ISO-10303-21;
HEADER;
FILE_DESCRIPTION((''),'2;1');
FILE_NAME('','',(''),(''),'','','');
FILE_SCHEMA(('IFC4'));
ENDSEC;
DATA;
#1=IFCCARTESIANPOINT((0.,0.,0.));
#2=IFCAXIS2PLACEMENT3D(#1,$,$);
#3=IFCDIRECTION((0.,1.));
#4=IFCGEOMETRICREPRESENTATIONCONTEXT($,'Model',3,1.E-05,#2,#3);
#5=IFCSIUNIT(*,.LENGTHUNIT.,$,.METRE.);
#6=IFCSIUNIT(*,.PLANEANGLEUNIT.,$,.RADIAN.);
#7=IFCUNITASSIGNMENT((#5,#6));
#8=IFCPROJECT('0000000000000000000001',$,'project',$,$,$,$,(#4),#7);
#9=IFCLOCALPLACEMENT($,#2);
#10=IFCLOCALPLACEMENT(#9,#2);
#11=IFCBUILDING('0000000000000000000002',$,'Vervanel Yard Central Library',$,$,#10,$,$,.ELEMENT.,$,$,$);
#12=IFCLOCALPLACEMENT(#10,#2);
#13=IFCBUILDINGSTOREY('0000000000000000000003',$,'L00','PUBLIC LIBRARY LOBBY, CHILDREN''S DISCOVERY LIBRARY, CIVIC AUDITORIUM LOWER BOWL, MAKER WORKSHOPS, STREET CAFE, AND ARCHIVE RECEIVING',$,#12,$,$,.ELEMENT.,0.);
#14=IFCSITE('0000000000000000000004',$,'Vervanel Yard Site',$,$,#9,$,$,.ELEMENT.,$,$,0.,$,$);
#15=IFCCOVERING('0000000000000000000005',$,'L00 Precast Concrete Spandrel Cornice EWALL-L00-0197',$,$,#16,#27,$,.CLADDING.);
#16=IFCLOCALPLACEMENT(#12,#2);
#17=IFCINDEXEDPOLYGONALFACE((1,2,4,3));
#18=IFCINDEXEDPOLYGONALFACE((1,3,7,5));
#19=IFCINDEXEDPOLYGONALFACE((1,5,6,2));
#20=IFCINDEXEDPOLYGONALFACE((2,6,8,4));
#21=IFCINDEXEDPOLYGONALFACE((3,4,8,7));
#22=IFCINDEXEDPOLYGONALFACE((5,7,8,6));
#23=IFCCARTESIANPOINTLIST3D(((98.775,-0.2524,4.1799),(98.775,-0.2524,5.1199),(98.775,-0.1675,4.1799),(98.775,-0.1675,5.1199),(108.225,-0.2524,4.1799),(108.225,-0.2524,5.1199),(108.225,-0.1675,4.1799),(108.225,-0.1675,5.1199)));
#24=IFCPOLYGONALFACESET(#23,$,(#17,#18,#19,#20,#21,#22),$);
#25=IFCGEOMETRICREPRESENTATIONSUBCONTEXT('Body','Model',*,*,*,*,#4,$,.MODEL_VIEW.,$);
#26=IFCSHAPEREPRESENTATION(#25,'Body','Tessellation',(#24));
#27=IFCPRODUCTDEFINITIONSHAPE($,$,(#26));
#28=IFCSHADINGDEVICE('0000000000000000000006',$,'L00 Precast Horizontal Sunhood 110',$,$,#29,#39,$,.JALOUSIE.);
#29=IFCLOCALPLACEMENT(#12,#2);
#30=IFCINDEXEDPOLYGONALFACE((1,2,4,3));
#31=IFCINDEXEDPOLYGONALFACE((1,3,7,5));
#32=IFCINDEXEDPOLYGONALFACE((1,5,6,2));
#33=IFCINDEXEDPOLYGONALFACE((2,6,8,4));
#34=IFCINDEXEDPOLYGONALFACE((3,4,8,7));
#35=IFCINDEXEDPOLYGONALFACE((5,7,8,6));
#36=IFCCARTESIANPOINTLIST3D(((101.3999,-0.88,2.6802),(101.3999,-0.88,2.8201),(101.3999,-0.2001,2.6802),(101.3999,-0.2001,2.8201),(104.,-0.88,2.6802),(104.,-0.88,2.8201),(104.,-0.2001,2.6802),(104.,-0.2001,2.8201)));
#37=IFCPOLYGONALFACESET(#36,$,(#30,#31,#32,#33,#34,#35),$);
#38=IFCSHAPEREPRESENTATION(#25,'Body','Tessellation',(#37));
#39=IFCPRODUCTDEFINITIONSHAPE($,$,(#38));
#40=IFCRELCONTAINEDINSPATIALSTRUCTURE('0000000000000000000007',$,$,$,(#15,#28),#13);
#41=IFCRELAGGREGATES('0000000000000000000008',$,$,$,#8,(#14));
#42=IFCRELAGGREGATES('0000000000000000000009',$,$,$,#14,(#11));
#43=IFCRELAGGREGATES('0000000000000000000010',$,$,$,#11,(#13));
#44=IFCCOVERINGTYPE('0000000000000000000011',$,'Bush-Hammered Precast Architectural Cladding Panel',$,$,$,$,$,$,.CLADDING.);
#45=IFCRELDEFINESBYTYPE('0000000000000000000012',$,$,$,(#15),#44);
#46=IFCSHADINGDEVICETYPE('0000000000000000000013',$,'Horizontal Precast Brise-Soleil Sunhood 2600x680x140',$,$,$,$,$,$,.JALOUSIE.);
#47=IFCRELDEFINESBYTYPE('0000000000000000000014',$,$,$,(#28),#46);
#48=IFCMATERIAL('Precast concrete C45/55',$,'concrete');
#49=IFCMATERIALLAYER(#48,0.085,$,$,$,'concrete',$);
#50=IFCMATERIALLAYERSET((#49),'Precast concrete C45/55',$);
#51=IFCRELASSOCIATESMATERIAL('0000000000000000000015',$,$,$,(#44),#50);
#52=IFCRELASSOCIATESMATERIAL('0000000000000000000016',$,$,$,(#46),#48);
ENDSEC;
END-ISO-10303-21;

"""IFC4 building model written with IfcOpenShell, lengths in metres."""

from ifc_helpers import new_model, si_unit, direction, frame, origin, origin_2d, place, context, subcontext, project, spatial, rectangle, extrude, material, layer, layer_set, type_object, element, save


model = new_model("IFC4")

# Units and contexts
model_context = context("Model", 3, precision=1e-05, world=origin(), true_north=direction((0.0, 1.0)))
body_context = subcontext(model_context, "Body", "Model", "MODEL_VIEW")
ifc_project = project(units=[si_unit("LENGTHUNIT", "METRE"), si_unit("PLANEANGLEUNIT", "RADIAN")], contexts=[model_context])

# Site, building, storey
site_placement = place(None, origin())
site = spatial("IfcSite", under=ifc_project, at=site_placement, Name="Vervanel Yard Site", CompositionType="ELEMENT", RefElevation=0.0)
building_placement = place(site_placement, origin())
building = spatial("IfcBuilding", under=site, at=building_placement, Name="Vervanel Yard Central Library", CompositionType="ELEMENT")
storey_placement = place(building_placement, origin())
storey = spatial("IfcBuildingStorey", under=building, at=storey_placement, Name="L00", Description="PUBLIC LIBRARY LOBBY, CHILDREN'S DISCOVERY LIBRARY, CIVIC AUDITORIUM LOWER BOWL, MAKER WORKSHOPS, STREET CAFE, AND ARCHIVE RECEIVING", CompositionType="ELEMENT", Elevation=0.0)

# Covering
ifc_material_1 = material(Name="Precast concrete C45/55", Category="concrete")
ifc_layer_1 = layer(ifc_material_1, 0.085, Category="concrete")
ifc_layer_set_1 = layer_set([ifc_layer_1], Name="Precast concrete C45/55")
covering_type = type_object("IfcCoveringType", Name="Bush-Hammered Precast Architectural Cladding Panel", PredefinedType="CLADDING", material=ifc_layer_set_1)
covering_1_placement = place(storey_placement, frame((103.5, -0.21, 4.1799), z_axis=(0.0, 0.0, 1.0), x_axis=(1.0, 0.0, 0.0)))
element("IfcCovering", 1, at=covering_1_placement, inside=storey, type_object=covering_type, Name="L00 Precast Concrete Spandrel Cornice EWALL-L00-0197", PredefinedType="CLADDING", context=body_context, shape_type="SweptSolid", body=[
    extrude(rectangle(XDim=9.45, YDim=0.085, at=origin_2d()), origin(), (0.0, 0.0, 1.0), 0.9399),
])

# Shading device
shading_device_type_1 = type_object("IfcShadingDeviceType", Name="Horizontal Precast Brise-Soleil Sunhood 2600x680x140", PredefinedType="JALOUSIE", material=ifc_material_1)
shading_device_placement = place(storey_placement, frame((102.7, -0.54, 2.6802), z_axis=(0.0, 0.0, 1.0), x_axis=(1.0, 0.0, 0.0)))
element("IfcShadingDevice", 2, at=shading_device_placement, inside=storey, type_object=shading_device_type_1, Name="L00 Precast Horizontal Sunhood 110", PredefinedType="JALOUSIE", context=body_context, shape_type="SweptSolid", body=[
    extrude(rectangle(XDim=2.6001, YDim=0.6799, at=origin_2d()), origin(), (0.0, 0.0, 1.0), 0.1399),
])

save(model, "model.ifc")
